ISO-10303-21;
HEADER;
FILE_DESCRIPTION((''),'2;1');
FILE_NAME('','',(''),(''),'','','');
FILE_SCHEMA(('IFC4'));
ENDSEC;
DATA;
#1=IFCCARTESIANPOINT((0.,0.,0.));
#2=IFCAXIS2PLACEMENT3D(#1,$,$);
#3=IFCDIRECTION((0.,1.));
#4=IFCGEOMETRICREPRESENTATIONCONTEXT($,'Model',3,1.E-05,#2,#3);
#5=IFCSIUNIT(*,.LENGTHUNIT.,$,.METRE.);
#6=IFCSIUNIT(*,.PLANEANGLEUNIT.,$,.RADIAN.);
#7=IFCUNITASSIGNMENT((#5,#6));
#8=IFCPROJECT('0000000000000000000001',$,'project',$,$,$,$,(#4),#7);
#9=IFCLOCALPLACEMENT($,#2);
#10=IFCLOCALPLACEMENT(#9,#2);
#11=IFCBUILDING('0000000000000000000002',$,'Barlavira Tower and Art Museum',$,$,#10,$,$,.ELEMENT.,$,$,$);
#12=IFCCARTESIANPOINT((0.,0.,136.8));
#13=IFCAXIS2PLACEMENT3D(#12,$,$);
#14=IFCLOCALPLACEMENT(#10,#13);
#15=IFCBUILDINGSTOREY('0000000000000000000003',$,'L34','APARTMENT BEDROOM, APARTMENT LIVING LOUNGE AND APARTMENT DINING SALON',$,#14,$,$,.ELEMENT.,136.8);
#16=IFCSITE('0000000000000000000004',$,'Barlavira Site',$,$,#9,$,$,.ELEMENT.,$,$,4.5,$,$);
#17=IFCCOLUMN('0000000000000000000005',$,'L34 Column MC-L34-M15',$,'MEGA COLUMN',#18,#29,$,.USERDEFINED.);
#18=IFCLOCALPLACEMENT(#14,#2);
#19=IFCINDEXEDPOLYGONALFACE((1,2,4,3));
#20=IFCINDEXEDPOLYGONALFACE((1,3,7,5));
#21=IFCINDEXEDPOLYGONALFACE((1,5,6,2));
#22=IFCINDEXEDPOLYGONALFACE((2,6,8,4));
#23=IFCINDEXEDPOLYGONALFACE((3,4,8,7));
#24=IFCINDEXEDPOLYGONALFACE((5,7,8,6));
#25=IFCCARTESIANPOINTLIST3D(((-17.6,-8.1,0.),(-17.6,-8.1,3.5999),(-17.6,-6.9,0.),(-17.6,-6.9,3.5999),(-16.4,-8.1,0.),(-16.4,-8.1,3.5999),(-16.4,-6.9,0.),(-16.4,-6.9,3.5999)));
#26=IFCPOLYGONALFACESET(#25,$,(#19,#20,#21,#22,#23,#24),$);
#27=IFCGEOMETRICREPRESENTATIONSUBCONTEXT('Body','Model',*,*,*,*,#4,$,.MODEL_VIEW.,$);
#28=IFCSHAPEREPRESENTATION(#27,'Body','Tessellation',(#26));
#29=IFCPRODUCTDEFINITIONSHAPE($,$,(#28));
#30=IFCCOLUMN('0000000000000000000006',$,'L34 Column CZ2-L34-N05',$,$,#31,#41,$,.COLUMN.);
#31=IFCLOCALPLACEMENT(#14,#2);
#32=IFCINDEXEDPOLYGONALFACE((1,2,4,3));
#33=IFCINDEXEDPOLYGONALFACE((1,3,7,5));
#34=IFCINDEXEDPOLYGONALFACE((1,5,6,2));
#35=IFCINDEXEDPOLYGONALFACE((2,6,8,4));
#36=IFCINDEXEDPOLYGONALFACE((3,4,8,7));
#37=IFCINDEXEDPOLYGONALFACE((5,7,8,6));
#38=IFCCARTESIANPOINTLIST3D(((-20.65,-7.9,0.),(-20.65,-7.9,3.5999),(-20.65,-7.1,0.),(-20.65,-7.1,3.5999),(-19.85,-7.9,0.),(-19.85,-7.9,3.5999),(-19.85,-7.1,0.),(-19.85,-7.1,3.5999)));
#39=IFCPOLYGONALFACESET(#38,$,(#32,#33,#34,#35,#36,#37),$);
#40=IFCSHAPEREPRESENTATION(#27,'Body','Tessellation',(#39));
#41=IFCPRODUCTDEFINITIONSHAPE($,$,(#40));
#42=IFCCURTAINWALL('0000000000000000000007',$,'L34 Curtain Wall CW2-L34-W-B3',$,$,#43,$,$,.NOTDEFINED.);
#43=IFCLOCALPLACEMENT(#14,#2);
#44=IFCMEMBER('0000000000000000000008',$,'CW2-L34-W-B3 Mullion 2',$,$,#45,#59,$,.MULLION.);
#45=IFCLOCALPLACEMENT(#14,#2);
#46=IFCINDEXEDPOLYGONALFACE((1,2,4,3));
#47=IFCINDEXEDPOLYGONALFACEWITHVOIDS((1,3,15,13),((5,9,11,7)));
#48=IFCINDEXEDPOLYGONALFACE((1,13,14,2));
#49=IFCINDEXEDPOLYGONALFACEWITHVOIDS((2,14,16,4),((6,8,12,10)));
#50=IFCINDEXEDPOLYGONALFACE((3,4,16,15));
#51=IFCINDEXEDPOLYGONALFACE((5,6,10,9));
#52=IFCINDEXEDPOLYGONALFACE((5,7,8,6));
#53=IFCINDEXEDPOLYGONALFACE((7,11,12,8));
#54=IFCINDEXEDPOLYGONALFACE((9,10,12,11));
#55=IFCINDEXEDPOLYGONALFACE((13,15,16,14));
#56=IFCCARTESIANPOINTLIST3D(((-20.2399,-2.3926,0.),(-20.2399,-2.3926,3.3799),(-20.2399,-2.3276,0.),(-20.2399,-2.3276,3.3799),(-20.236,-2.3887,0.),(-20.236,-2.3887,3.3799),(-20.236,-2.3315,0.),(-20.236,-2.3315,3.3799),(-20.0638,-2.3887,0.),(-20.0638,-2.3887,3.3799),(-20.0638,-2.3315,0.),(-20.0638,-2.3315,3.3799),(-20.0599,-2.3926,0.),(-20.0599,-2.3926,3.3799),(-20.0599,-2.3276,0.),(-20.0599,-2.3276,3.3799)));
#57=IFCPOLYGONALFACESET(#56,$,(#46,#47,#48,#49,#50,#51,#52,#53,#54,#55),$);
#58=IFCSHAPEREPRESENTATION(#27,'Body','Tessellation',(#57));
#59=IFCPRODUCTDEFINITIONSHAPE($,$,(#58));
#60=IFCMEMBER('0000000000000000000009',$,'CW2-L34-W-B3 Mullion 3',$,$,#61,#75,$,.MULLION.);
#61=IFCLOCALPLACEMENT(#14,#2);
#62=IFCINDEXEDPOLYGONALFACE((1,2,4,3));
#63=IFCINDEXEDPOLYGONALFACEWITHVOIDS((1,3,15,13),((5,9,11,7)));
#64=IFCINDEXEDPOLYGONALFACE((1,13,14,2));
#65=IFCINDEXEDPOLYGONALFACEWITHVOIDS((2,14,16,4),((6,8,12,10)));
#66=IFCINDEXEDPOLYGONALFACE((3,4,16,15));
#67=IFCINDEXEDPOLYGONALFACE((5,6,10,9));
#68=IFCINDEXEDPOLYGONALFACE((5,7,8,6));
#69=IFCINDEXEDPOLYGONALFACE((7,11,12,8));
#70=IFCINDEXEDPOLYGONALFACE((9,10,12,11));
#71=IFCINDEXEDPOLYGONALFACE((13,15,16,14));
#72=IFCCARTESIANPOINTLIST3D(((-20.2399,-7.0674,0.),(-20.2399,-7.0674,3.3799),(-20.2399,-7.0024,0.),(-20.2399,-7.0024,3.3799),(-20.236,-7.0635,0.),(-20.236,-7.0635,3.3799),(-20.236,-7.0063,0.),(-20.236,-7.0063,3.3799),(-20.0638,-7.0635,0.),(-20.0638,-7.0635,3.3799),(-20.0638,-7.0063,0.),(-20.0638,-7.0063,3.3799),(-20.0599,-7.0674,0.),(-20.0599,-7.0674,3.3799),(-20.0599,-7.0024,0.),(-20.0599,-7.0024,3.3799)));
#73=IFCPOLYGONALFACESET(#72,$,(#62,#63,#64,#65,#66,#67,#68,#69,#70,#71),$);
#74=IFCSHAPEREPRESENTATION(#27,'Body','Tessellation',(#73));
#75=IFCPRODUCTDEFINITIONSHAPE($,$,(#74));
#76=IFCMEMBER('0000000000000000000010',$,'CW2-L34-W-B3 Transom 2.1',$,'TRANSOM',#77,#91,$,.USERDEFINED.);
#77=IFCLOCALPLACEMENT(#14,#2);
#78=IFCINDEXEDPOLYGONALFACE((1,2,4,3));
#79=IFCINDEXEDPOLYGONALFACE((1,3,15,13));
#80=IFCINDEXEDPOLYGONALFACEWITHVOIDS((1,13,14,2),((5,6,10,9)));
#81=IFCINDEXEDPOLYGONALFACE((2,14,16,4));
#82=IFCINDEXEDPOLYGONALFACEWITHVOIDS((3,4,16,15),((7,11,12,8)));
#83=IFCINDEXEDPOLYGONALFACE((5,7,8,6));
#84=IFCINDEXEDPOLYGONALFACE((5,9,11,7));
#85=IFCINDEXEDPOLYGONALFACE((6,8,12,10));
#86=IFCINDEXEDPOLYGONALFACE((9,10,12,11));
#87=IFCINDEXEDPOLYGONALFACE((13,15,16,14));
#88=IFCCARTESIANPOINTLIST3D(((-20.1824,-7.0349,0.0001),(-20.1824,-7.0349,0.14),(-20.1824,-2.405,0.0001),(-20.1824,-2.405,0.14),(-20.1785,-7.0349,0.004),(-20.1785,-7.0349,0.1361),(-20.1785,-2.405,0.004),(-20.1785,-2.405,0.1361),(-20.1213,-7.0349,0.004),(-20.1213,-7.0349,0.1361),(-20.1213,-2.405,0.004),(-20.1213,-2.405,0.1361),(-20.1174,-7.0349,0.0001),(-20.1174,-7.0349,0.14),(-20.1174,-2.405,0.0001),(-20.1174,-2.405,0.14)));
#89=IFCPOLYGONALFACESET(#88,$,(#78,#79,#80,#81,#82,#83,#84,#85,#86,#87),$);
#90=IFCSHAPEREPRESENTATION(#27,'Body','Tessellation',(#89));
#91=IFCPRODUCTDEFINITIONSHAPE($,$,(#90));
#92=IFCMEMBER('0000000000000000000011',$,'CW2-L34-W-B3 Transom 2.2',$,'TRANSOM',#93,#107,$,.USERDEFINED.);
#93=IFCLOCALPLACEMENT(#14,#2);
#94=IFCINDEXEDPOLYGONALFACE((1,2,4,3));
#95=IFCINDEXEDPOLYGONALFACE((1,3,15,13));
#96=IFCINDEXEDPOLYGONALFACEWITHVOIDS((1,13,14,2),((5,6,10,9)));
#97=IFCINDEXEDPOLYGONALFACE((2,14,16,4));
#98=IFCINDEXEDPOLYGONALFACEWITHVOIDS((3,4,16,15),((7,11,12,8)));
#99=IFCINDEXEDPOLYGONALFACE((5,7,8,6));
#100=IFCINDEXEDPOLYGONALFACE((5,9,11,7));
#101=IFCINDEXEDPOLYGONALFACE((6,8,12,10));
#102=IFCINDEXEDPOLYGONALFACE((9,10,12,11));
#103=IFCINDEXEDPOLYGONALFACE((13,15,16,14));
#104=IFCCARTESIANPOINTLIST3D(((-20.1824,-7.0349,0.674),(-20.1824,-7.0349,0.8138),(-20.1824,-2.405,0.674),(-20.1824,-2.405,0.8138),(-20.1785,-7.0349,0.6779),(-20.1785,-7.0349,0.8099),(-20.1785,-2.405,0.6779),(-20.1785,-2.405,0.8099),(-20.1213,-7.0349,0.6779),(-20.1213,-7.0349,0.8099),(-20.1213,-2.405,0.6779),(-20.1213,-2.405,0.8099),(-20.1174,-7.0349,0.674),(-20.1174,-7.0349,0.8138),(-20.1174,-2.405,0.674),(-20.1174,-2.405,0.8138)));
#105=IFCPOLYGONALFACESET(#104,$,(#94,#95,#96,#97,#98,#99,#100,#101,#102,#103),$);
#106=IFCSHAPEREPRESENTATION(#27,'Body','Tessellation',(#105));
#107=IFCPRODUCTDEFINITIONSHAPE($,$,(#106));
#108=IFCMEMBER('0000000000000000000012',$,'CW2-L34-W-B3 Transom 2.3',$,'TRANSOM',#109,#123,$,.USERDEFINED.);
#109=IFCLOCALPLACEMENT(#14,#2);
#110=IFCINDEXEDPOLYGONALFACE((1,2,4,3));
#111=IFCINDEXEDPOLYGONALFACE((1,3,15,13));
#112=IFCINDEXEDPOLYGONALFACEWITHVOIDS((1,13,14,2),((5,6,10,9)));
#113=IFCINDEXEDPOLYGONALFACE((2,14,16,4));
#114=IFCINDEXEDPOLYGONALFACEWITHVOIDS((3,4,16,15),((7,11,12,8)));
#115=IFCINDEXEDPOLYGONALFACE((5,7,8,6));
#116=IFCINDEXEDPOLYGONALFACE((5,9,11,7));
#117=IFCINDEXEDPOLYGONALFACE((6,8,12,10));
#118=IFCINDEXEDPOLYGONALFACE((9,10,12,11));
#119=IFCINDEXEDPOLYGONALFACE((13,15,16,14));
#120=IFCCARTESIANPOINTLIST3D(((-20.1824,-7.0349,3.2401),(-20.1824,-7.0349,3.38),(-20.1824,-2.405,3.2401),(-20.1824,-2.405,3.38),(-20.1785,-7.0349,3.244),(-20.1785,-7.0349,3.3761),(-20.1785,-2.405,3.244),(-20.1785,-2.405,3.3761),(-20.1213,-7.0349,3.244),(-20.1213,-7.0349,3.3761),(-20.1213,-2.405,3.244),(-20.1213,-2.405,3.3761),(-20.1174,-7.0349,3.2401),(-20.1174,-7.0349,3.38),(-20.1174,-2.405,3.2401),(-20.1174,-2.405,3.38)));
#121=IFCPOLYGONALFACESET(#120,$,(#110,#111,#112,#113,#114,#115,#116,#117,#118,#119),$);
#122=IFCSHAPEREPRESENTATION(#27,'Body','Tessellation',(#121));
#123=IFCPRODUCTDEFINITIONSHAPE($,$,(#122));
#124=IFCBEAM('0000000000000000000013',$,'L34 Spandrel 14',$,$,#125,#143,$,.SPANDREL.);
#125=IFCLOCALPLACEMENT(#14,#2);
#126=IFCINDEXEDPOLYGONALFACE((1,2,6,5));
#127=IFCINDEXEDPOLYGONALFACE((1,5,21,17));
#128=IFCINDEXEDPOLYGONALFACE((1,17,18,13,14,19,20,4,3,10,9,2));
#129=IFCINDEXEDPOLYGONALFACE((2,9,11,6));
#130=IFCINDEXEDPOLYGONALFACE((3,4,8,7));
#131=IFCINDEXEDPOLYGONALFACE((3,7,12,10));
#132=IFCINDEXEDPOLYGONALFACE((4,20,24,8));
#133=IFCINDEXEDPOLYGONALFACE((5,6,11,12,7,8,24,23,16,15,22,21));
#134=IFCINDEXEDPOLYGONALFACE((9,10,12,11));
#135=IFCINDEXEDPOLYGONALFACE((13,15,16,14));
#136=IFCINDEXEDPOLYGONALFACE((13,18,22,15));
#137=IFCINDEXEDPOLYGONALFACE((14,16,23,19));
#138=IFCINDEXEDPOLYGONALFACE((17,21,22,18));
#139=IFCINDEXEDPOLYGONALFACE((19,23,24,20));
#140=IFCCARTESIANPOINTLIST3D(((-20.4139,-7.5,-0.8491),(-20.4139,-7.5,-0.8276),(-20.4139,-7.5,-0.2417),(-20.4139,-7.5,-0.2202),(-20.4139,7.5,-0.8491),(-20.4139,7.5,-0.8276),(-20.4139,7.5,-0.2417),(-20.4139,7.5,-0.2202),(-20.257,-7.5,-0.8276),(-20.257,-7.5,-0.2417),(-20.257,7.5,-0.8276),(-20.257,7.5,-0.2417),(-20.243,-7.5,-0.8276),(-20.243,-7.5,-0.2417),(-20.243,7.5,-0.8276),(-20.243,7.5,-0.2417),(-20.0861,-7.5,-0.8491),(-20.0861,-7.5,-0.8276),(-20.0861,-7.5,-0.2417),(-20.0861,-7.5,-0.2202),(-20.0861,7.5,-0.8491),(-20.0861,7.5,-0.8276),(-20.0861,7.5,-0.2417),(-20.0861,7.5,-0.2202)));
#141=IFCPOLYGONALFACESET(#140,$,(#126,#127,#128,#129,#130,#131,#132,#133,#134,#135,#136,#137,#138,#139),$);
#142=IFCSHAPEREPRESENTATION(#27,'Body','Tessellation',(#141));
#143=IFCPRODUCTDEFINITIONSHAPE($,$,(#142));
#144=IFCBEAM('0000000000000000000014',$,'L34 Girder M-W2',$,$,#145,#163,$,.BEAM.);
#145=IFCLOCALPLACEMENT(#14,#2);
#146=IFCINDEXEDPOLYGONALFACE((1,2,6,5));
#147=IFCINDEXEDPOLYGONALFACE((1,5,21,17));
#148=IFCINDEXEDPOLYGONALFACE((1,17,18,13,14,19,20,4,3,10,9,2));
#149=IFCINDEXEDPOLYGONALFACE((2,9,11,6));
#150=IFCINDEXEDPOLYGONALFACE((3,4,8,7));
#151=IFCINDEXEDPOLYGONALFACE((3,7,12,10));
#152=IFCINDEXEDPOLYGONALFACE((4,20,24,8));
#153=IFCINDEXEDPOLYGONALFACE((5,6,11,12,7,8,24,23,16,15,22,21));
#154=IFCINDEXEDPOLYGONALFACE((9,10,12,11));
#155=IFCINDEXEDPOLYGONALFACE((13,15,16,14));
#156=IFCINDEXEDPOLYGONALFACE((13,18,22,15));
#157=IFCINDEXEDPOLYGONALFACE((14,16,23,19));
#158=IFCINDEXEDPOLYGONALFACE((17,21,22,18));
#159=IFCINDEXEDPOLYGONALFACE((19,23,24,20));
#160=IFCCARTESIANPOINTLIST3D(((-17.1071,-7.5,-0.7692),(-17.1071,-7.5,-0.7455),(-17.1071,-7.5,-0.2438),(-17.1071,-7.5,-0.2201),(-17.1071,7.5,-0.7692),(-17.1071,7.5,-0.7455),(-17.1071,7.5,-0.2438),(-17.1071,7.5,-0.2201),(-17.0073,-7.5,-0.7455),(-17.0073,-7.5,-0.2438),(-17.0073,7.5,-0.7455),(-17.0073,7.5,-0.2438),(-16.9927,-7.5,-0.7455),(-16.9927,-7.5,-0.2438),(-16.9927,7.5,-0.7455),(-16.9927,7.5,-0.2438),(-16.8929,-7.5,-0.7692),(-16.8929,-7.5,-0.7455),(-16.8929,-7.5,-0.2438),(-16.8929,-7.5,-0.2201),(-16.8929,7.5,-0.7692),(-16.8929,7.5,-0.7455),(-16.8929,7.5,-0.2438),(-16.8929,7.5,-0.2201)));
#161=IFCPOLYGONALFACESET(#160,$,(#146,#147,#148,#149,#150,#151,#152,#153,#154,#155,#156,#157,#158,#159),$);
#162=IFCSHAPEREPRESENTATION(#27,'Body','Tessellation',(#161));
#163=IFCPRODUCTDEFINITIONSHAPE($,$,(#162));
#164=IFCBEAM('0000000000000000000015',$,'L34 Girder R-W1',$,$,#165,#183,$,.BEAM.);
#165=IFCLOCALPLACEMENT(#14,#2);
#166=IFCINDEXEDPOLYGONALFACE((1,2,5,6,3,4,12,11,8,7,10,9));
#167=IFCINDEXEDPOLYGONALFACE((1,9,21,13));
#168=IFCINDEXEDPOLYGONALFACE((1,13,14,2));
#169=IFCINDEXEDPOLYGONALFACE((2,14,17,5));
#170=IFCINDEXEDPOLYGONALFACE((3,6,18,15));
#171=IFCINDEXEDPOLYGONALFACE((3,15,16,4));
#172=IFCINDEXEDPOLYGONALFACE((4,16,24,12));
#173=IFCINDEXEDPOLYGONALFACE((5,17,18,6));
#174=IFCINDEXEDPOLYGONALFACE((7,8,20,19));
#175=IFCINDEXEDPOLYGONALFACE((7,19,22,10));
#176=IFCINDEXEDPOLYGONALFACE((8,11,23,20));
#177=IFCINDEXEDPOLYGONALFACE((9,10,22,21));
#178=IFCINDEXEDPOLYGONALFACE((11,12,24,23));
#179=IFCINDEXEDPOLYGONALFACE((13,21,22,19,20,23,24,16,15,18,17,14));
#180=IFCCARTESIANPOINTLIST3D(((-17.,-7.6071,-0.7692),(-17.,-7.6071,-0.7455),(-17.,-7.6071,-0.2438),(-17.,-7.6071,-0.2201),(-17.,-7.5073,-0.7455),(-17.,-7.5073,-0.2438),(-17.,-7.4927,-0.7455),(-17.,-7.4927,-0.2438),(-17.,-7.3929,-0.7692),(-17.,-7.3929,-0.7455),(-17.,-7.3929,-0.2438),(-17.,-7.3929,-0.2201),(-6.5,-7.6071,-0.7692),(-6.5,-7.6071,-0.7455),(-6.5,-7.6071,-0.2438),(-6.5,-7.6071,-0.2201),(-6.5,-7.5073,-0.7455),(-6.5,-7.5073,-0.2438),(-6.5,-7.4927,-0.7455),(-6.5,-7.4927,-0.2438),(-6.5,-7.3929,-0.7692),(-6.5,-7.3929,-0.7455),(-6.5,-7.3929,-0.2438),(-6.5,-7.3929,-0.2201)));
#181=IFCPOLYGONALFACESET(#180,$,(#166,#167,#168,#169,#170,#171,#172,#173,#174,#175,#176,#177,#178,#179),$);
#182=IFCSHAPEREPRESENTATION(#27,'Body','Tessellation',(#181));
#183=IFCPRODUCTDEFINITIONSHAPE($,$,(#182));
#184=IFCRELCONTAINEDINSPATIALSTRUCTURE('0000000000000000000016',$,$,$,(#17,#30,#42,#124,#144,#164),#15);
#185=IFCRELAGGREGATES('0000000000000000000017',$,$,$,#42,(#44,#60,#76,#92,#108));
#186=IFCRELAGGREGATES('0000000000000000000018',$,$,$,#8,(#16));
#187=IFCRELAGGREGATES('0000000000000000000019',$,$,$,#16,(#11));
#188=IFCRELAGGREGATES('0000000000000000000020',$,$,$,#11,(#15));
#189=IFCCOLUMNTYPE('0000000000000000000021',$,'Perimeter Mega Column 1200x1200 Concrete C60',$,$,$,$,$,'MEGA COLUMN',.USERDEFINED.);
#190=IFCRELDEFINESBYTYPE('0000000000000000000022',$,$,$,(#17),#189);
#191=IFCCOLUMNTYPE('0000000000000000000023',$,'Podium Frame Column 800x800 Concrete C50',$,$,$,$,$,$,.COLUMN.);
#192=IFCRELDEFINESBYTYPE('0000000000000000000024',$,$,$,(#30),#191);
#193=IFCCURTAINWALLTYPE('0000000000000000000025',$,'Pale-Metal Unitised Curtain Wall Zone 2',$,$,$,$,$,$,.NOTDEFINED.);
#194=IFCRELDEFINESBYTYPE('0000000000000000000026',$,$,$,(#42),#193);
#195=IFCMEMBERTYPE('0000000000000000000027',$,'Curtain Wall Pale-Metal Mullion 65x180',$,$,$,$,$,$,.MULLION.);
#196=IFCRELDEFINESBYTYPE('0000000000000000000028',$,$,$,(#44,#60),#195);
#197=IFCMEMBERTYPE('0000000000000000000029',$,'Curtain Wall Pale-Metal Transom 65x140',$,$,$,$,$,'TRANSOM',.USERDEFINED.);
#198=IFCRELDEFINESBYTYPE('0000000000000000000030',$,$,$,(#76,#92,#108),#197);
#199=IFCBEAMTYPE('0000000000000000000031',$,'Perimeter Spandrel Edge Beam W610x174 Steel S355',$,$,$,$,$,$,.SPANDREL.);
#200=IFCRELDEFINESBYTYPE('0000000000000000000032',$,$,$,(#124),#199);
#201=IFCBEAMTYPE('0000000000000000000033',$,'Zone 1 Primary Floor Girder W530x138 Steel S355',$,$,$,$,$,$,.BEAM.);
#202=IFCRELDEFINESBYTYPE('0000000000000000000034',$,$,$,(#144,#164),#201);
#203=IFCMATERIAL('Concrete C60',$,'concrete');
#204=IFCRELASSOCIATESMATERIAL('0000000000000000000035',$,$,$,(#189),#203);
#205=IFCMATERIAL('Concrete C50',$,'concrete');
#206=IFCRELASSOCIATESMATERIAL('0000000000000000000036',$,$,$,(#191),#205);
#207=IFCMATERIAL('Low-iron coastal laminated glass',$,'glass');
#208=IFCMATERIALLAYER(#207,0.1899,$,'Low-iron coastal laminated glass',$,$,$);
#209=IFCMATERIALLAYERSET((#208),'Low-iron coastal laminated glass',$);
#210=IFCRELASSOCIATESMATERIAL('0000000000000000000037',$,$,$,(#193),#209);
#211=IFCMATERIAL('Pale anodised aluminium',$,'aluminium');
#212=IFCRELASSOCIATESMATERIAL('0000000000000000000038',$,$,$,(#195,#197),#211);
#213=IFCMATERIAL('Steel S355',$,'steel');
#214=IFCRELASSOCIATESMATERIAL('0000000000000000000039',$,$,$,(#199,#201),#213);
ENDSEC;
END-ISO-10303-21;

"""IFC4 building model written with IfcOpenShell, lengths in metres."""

from ifc_helpers import new_model, si_unit, direction, frame, origin, origin_2d, place, context, subcontext, project, spatial, rectangle, hollow_rectangle, i_section, extrude, material, layer, layer_set, material_profile, profile_set, type_object, element, aggregate, save


model = new_model("IFC4")

# Units and contexts
model_context = context("Model", 3, precision=1e-05, world=origin(), true_north=direction((0.0, 1.0)))
body_context = subcontext(model_context, "Body", "Model", "MODEL_VIEW")
ifc_project = project(units=[si_unit("LENGTHUNIT", "METRE"), si_unit("PLANEANGLEUNIT", "RADIAN")], contexts=[model_context])

# Site, building, storey
site_placement = place(None, origin())
site = spatial("IfcSite", under=ifc_project, at=site_placement, Name="Barlavira Site", CompositionType="ELEMENT", RefElevation=4.5)
building_placement = place(site_placement, origin())
building = spatial("IfcBuilding", under=site, at=building_placement, Name="Barlavira Tower and Art Museum", CompositionType="ELEMENT")
storey_placement = place(building_placement, frame((0.0, 0.0, 136.8)))
storey = spatial("IfcBuildingStorey", under=building, at=storey_placement, Name="L34", Description="APARTMENT BEDROOM, APARTMENT LIVING LOUNGE AND APARTMENT DINING SALON", CompositionType="ELEMENT", Elevation=136.8)

# Columns
ifc_material_1 = material(Name="Concrete C60", Category="concrete")
ifc_material_profile_1 = material_profile(ifc_material_1, rectangle(XDim=1.2, YDim=1.2, at=origin_2d()), Name="RC-COL 1200x1200")
ifc_profile_set_1 = profile_set([ifc_material_profile_1], Name="Concrete C60")
column_type_1 = type_object("IfcColumnType", Name="Perimeter Mega Column 1200x1200 Concrete C60", ElementType="MEGA COLUMN", PredefinedType="USERDEFINED", material=ifc_profile_set_1)
column_1_placement = place(storey_placement, frame((-17.0, -7.5, 0.0), z_axis=(0.0, 0.0, 1.0), x_axis=(1.0, 0.0, 0.0)))
element("IfcColumn", 1, at=column_1_placement, inside=storey, type_object=column_type_1, Name="L34 Column MC-L34-M15", ObjectType="MEGA COLUMN", PredefinedType="USERDEFINED", context=body_context, shape_type="SweptSolid", body=[
    extrude(rectangle(XDim=1.2, YDim=1.2, at=origin_2d()), origin(), (0.0, 0.0, 1.0), 3.5999),
])
ifc_material_2 = material(Name="Concrete C50", Category="concrete")
ifc_material_profile_2 = material_profile(ifc_material_2, rectangle(XDim=0.8, YDim=0.8, at=origin_2d()), Name="RC-COL 800x800")
ifc_profile_set_2 = profile_set([ifc_material_profile_2], Name="Concrete C50")
column_type_2 = type_object("IfcColumnType", Name="Podium Frame Column 800x800 Concrete C50", PredefinedType="COLUMN", material=ifc_profile_set_2)
column_2_placement = place(storey_placement, frame((-20.25, -7.5, 0.0), z_axis=(0.0, 0.0, 1.0), x_axis=(1.0, 0.0, 0.0)))
element("IfcColumn", 2, at=column_2_placement, inside=storey, type_object=column_type_2, Name="L34 Column CZ2-L34-N05", PredefinedType="COLUMN", context=body_context, shape_type="SweptSolid", body=[
    extrude(rectangle(XDim=0.8, YDim=0.8, at=origin_2d()), origin(), (0.0, 0.0, 1.0), 3.5999),
])

# Curtain wall, members
ifc_material_3 = material(Name="Low-iron coastal laminated glass", Category="glass")
ifc_layer_1 = layer(ifc_material_3, 0.1899, Name="Low-iron coastal laminated glass")
ifc_layer_set_1 = layer_set([ifc_layer_1], Name="Low-iron coastal laminated glass")
curtain_wall_type = type_object("IfcCurtainWallType", Name="Pale-Metal Unitised Curtain Wall Zone 2", PredefinedType="NOTDEFINED", material=ifc_layer_set_1)
curtain_wall_placement = place(storey_placement, origin())
curtain_wall = element("IfcCurtainWall", 3, at=curtain_wall_placement, inside=storey, type_object=curtain_wall_type, Name="L34 Curtain Wall CW2-L34-W-B3", PredefinedType="NOTDEFINED")
ifc_material_4 = material(Name="Pale anodised aluminium", Category="aluminium")
ifc_material_profile_3 = material_profile(ifc_material_4, hollow_rectangle(XDim=0.0649, YDim=0.1799, WallThickness=0.0039, at=origin_2d()), Name="ALU-MULL 65x180x4")
ifc_profile_set_3 = profile_set([ifc_material_profile_3], Name="Pale anodised aluminium")
member_type_1 = type_object("IfcMemberType", Name="Curtain Wall Pale-Metal Mullion 65x180", PredefinedType="MULLION", material=ifc_profile_set_3)
member_1_placement = place(storey_placement, frame((-20.1499, -2.3601, 0.0), z_axis=(0.0, 0.0, 1.0), x_axis=(0.0, -1.0, 0.0)))
member_1 = element("IfcMember", 4, at=member_1_placement, type_object=member_type_1, Name="CW2-L34-W-B3 Mullion 2", PredefinedType="MULLION", context=body_context, shape_type="SweptSolid", body=[
    extrude(hollow_rectangle(XDim=0.0649, YDim=0.1799, WallThickness=0.0039, at=origin_2d()), origin(), (0.0, 0.0, 1.0), 3.3799),
])
member_2_placement = place(storey_placement, frame((-20.1499, -7.0349, 0.0), z_axis=(0.0, 0.0, 1.0), x_axis=(0.0, -1.0, 0.0)))
member_2 = element("IfcMember", 5, at=member_2_placement, type_object=member_type_1, Name="CW2-L34-W-B3 Mullion 3", PredefinedType="MULLION", context=body_context, shape_type="SweptSolid", body=[
    extrude(hollow_rectangle(XDim=0.0649, YDim=0.1799, WallThickness=0.0039, at=origin_2d()), origin(), (0.0, 0.0, 1.0), 3.3799),
])
ifc_material_profile_4 = material_profile(ifc_material_4, hollow_rectangle(XDim=0.0649, YDim=0.1399, WallThickness=0.0039, at=origin_2d()), Name="ALU-TRAN 65x140x4")
ifc_profile_set_4 = profile_set([ifc_material_profile_4], Name="Pale anodised aluminium")
member_type_2 = type_object("IfcMemberType", Name="Curtain Wall Pale-Metal Transom 65x140", ElementType="TRANSOM", PredefinedType="USERDEFINED", material=ifc_profile_set_4)
member_3_placement = place(storey_placement, frame((-20.1499, -2.405, 0.0701), z_axis=(0.0, -1.0, 0.0), x_axis=(1.0, 0.0, 0.0)))
member_3 = element("IfcMember", 6, at=member_3_placement, type_object=member_type_2, Name="CW2-L34-W-B3 Transom 2.1", ObjectType="TRANSOM", PredefinedType="USERDEFINED", context=body_context, shape_type="SweptSolid", body=[
    extrude(hollow_rectangle(XDim=0.0649, YDim=0.1399, WallThickness=0.0039, at=origin_2d()), origin(), (0.0, 0.0, 1.0), 4.6299),
])
member_4_placement = place(storey_placement, frame((-20.1499, -2.405, 0.7439), z_axis=(0.0, -1.0, 0.0), x_axis=(1.0, 0.0, 0.0)))
member_4 = element("IfcMember", 7, at=member_4_placement, type_object=member_type_2, Name="CW2-L34-W-B3 Transom 2.2", ObjectType="TRANSOM", PredefinedType="USERDEFINED", context=body_context, shape_type="SweptSolid", body=[
    extrude(hollow_rectangle(XDim=0.0649, YDim=0.1399, WallThickness=0.0039, at=origin_2d()), origin(), (0.0, 0.0, 1.0), 4.6299),
])
member_5_placement = place(storey_placement, frame((-20.1499, -2.405, 3.3101), z_axis=(0.0, -1.0, 0.0), x_axis=(1.0, 0.0, 0.0)))
member_5 = element("IfcMember", 8, at=member_5_placement, type_object=member_type_2, Name="CW2-L34-W-B3 Transom 2.3", ObjectType="TRANSOM", PredefinedType="USERDEFINED", context=body_context, shape_type="SweptSolid", body=[
    extrude(hollow_rectangle(XDim=0.0649, YDim=0.1399, WallThickness=0.0039, at=origin_2d()), origin(), (0.0, 0.0, 1.0), 4.6299),
])

# Beams
ifc_material_5 = material(Name="Steel S355", Category="steel")
ifc_material_profile_5 = material_profile(ifc_material_5, i_section(OverallWidth=0.3279, OverallDepth=0.6289, WebThickness=0.0139, FlangeThickness=0.0215, at=origin_2d()), Name="W610x174.0")
ifc_profile_set_5 = profile_set([ifc_material_profile_5], Name="Steel S355")
beam_type_1 = type_object("IfcBeamType", Name="Perimeter Spandrel Edge Beam W610x174 Steel S355", PredefinedType="SPANDREL", material=ifc_profile_set_5)
beam_1_placement = place(storey_placement, frame((-20.25, -7.5, -0.5347), z_axis=(0.0, 1.0, 0.0), x_axis=(-1.0, 0.0, 0.0)))
element("IfcBeam", 9, at=beam_1_placement, inside=storey, type_object=beam_type_1, Name="L34 Spandrel 14", PredefinedType="SPANDREL", context=body_context, shape_type="SweptSolid", body=[
    extrude(i_section(OverallWidth=0.3279, OverallDepth=0.6289, WebThickness=0.0139, FlangeThickness=0.0215, at=origin_2d()), origin(), (0.0, 0.0, 1.0), 15.0),
])
ifc_material_profile_6 = material_profile(ifc_material_5, i_section(OverallWidth=0.2141, OverallDepth=0.5491, WebThickness=0.0146, FlangeThickness=0.0237, at=origin_2d()), Name="W530x138.0")
ifc_profile_set_6 = profile_set([ifc_material_profile_6], Name="Steel S355")
beam_type_2 = type_object("IfcBeamType", Name="Zone 1 Primary Floor Girder W530x138 Steel S355", PredefinedType="BEAM", material=ifc_profile_set_6)
beam_2_placement = place(storey_placement, frame((-17.0, -7.5, -0.4946), z_axis=(0.0, 1.0, 0.0), x_axis=(-1.0, 0.0, 0.0)))
element("IfcBeam", 10, at=beam_2_placement, inside=storey, type_object=beam_type_2, Name="L34 Girder M-W2", PredefinedType="BEAM", context=body_context, shape_type="SweptSolid", body=[
    extrude(i_section(OverallWidth=0.2141, OverallDepth=0.5491, WebThickness=0.0146, FlangeThickness=0.0237, at=origin_2d()), origin(), (0.0, 0.0, 1.0), 15.0),
])
beam_3_placement = place(storey_placement, frame((-17.0, -7.5, -0.4946), z_axis=(1.0, 0.0, 0.0), x_axis=(0.0, 1.0, 0.0)))
element("IfcBeam", 11, at=beam_3_placement, inside=storey, type_object=beam_type_2, Name="L34 Girder R-W1", PredefinedType="BEAM", context=body_context, shape_type="SweptSolid", body=[
    extrude(i_section(OverallWidth=0.2141, OverallDepth=0.5491, WebThickness=0.0146, FlangeThickness=0.0237, at=origin_2d()), origin(), (0.0, 0.0, 1.0), 10.5),
])

aggregate(curtain_wall, [member_1, member_2, member_3, member_4, member_5])

save(model, "model.ifc")
